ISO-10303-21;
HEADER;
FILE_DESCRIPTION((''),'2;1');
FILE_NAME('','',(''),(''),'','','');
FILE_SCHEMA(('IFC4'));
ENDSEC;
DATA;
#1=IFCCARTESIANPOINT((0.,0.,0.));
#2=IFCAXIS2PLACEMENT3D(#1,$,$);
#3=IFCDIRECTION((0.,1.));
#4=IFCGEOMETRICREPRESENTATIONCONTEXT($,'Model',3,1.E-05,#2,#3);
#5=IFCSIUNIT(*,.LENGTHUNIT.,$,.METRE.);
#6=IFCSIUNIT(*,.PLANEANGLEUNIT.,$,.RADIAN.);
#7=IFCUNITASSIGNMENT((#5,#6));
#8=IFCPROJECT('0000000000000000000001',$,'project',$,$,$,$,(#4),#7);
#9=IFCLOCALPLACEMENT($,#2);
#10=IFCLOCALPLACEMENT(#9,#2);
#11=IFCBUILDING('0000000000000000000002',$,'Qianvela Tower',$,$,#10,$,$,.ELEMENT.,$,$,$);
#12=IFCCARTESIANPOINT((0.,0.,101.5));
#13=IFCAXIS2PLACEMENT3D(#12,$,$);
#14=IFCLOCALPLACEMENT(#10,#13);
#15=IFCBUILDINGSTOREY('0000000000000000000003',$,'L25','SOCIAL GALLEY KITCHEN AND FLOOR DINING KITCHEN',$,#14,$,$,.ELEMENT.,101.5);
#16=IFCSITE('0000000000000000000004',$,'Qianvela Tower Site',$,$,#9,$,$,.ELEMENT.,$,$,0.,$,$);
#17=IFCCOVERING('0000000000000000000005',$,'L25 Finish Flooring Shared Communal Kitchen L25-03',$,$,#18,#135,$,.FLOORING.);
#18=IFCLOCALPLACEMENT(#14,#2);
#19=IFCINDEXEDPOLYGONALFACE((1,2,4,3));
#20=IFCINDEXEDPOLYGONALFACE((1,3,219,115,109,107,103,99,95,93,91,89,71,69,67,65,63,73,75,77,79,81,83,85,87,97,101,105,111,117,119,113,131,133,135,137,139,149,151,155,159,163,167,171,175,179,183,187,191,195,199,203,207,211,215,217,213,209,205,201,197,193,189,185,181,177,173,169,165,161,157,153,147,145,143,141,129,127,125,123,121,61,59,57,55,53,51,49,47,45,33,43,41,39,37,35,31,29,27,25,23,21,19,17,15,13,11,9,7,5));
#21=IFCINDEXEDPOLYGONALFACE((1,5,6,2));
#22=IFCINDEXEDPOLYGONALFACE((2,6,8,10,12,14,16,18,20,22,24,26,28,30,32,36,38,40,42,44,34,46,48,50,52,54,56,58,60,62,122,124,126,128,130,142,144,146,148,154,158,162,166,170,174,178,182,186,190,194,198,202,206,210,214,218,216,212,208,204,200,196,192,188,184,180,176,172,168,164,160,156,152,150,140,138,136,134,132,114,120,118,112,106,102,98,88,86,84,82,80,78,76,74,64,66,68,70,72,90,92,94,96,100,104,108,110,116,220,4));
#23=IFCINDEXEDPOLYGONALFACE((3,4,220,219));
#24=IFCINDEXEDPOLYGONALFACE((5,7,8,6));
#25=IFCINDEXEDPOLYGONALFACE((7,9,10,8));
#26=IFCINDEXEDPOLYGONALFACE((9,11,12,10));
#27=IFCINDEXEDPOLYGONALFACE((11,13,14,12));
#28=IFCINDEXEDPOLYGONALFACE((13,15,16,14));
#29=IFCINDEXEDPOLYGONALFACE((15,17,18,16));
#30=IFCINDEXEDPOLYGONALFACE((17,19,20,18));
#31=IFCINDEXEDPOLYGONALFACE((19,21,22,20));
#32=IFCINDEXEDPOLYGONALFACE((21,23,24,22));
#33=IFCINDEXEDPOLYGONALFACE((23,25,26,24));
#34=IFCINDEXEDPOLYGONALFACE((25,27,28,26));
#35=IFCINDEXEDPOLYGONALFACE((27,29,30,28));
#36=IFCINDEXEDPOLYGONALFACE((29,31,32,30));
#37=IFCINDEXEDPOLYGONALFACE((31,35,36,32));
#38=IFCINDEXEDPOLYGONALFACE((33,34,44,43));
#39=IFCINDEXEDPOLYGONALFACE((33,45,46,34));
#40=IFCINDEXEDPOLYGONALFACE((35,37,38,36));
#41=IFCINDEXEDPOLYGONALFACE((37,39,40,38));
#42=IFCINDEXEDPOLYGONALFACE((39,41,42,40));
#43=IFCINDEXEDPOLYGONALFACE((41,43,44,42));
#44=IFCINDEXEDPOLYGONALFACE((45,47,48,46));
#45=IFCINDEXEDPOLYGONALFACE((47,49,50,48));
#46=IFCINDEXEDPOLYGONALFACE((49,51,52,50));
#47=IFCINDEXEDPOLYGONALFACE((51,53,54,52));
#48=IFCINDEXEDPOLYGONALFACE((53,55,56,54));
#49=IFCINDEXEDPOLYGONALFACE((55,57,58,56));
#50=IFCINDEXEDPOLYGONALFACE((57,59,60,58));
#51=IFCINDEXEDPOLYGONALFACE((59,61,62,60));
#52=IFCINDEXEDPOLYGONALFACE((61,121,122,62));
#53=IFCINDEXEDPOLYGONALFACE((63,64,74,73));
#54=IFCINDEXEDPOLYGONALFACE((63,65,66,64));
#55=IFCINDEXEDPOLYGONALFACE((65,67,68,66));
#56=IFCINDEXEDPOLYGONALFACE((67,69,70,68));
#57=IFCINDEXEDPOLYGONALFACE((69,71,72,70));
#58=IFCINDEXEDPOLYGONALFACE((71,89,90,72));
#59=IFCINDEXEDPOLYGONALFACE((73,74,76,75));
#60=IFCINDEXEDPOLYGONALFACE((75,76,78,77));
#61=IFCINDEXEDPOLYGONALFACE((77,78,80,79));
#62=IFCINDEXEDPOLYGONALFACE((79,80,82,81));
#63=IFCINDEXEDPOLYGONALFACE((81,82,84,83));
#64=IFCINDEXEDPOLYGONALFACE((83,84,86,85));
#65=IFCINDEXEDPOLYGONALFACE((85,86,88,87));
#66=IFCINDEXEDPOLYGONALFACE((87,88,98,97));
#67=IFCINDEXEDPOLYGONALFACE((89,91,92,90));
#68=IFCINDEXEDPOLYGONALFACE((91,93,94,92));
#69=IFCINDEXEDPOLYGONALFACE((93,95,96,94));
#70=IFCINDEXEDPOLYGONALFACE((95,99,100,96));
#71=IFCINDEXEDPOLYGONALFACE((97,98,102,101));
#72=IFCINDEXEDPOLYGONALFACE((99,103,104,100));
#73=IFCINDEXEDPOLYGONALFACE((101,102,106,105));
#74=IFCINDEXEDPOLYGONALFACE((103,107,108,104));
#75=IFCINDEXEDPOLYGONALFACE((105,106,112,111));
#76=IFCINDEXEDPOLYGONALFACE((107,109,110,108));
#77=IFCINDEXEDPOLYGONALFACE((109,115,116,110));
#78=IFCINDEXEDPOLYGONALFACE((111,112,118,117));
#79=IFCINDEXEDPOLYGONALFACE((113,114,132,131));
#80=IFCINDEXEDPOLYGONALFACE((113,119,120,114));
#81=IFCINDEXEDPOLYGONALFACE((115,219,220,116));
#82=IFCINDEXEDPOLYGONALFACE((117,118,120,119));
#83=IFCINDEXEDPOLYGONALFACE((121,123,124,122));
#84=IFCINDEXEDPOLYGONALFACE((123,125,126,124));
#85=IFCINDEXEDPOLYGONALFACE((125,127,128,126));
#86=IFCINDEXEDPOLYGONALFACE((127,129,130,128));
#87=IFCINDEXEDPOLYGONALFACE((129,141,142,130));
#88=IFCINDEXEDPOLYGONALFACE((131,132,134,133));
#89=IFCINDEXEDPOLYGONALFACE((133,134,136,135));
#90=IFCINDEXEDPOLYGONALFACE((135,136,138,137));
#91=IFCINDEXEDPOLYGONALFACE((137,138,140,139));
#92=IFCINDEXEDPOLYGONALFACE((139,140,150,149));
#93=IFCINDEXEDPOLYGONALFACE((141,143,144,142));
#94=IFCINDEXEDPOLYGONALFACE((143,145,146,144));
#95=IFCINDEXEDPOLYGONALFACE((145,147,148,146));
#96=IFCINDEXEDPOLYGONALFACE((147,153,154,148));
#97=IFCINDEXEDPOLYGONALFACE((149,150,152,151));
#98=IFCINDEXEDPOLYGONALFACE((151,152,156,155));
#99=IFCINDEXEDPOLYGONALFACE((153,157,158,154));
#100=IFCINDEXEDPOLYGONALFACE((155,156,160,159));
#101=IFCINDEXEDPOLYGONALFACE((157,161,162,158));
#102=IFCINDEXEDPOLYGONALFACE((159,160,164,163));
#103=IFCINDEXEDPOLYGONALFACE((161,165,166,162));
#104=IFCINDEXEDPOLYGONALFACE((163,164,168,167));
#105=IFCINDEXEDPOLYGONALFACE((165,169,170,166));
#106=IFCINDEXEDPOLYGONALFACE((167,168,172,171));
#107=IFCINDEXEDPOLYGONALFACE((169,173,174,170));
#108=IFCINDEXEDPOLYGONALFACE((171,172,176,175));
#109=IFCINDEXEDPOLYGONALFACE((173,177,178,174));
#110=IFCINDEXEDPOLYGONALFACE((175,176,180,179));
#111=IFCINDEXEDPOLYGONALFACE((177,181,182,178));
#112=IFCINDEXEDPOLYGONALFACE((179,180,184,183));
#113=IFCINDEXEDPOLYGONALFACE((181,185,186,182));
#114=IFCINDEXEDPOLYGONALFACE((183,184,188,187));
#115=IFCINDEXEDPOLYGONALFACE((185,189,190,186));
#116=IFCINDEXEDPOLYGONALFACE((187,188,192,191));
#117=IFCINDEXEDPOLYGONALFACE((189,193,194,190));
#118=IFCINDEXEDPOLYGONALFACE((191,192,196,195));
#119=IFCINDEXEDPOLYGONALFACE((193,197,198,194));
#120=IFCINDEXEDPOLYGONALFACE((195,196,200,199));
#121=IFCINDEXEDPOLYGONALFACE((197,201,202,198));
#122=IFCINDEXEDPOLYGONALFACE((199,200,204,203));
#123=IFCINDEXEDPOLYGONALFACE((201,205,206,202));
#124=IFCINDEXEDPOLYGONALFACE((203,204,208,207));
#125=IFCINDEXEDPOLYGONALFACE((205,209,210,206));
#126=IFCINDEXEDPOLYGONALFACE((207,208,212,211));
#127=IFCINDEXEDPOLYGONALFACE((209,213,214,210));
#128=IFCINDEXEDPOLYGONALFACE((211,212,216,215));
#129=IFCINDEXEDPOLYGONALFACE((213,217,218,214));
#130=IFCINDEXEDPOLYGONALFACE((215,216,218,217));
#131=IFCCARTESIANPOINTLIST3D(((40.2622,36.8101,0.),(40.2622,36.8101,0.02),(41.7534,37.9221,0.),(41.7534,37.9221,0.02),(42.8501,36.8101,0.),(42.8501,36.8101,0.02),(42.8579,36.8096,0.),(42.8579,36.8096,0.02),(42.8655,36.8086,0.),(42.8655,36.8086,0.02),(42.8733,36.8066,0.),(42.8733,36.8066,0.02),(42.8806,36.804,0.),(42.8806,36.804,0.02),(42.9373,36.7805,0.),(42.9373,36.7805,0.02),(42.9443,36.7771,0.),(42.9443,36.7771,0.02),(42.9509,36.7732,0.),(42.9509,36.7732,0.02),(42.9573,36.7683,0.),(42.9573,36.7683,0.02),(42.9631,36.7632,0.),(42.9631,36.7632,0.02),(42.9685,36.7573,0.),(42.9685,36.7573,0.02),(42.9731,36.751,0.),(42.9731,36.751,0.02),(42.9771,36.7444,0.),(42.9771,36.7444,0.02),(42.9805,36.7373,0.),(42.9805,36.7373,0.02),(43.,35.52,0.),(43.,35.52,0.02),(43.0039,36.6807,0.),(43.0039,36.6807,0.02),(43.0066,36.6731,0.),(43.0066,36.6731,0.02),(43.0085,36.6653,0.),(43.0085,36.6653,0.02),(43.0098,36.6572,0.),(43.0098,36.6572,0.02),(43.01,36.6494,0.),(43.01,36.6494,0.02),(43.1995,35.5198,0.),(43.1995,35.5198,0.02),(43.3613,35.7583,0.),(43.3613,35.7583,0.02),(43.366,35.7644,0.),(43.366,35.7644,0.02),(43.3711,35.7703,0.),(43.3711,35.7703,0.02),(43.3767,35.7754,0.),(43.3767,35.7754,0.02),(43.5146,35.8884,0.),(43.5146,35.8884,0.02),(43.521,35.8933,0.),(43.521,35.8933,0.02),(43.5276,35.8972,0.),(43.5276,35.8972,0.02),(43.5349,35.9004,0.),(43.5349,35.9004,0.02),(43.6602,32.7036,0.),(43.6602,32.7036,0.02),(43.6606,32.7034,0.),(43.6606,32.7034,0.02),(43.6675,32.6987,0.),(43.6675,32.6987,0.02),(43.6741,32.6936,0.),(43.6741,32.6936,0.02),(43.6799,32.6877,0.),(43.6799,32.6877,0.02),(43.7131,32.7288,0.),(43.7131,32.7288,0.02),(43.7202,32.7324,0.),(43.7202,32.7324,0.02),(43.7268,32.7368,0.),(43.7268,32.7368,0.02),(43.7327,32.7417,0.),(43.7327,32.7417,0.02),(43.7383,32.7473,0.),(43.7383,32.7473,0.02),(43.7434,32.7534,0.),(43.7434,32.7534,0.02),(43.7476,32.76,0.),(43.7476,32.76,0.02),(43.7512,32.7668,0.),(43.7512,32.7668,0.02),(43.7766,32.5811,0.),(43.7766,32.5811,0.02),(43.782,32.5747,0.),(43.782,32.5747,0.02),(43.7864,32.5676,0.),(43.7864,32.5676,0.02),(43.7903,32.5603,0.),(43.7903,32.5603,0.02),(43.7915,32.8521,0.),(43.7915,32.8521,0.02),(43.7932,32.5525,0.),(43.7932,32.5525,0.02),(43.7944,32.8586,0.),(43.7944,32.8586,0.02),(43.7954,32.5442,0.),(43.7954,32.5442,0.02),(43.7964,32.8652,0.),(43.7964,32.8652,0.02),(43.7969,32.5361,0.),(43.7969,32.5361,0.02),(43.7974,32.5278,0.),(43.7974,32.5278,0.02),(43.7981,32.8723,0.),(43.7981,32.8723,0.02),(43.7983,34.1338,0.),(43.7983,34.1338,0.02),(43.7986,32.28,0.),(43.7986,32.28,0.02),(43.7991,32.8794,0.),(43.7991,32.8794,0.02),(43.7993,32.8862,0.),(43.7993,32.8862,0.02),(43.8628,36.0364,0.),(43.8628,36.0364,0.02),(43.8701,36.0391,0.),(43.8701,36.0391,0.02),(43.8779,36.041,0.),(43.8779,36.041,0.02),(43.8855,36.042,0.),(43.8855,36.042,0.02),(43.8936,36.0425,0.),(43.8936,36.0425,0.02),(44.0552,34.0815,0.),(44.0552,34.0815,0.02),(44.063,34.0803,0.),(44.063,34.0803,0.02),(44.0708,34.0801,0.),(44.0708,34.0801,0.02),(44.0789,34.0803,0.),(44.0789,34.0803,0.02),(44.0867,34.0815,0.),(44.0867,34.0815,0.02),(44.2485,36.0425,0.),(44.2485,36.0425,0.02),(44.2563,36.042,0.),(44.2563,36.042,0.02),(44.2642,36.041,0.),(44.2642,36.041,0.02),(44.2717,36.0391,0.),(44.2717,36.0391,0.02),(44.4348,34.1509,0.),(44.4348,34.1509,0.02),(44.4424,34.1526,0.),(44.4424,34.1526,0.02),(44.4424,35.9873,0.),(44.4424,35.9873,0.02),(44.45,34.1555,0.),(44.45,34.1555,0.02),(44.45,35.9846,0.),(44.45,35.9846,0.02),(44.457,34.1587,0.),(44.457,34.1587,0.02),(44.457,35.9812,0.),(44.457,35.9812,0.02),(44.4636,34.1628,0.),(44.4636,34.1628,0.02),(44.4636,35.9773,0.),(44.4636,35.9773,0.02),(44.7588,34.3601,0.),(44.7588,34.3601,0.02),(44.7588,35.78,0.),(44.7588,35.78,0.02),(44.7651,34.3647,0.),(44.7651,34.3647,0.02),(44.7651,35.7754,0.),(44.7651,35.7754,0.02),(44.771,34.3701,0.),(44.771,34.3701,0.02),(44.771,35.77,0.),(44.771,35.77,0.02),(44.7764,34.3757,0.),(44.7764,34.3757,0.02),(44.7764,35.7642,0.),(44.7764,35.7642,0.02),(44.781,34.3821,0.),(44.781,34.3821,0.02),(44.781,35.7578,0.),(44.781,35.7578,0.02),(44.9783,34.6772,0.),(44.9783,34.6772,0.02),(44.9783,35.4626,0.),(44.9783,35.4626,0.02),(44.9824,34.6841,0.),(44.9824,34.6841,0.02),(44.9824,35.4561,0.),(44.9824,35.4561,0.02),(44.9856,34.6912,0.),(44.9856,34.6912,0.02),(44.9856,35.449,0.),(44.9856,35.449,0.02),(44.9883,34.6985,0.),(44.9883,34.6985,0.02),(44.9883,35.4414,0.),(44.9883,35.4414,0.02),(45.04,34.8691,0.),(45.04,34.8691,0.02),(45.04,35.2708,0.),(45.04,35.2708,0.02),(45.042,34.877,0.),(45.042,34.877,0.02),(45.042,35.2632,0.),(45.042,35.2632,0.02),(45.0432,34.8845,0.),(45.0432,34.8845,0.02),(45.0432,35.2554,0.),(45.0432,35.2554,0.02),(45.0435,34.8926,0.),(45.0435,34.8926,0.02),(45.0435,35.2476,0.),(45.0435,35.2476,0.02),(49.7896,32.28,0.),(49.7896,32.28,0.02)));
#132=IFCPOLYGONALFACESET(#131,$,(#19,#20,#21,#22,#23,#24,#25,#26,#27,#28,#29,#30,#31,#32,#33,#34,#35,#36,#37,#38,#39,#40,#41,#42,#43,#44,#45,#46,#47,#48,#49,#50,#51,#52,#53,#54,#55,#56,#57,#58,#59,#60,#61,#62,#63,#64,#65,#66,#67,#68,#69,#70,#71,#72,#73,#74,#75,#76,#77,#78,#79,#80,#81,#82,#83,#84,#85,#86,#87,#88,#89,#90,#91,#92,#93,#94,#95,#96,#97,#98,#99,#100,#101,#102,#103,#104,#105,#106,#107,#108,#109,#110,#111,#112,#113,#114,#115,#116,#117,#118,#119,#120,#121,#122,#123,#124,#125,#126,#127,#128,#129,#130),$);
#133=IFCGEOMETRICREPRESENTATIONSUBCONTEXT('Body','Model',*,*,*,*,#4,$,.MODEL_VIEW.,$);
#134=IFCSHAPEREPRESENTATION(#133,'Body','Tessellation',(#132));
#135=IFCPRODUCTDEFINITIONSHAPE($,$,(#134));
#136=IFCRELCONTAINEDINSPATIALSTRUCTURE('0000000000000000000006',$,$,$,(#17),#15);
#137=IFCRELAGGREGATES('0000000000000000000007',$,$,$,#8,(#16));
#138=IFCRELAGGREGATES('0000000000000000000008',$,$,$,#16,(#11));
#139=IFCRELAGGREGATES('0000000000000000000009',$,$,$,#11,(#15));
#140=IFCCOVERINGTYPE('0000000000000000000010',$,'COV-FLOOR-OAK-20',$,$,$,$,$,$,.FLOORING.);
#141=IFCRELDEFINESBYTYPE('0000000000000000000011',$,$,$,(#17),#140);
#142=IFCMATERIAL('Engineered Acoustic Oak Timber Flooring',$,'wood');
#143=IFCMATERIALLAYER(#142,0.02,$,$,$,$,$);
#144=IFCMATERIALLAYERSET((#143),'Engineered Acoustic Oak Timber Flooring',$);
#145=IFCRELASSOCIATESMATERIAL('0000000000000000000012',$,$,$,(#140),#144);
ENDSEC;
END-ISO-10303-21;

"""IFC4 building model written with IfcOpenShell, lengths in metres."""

from ifc_helpers import new_model, si_unit, direction, frame, origin, place, context, subcontext, project, spatial, polyline, outline, extrude, material, layer, layer_set, type_object, element, save


model = new_model("IFC4")

# Units and contexts
model_context = context("Model", 3, precision=1e-05, world=origin(), true_north=direction((0.0, 1.0)))
body_context = subcontext(model_context, "Body", "Model", "MODEL_VIEW")
ifc_project = project(units=[si_unit("LENGTHUNIT", "METRE"), si_unit("PLANEANGLEUNIT", "RADIAN")], contexts=[model_context])

# Site, building, storey
site_placement = place(None, origin())
site = spatial("IfcSite", under=ifc_project, at=site_placement, Name="Qianvela Tower Site", CompositionType="ELEMENT", RefElevation=0.0)
building_placement = place(site_placement, origin())
building = spatial("IfcBuilding", under=site, at=building_placement, Name="Qianvela Tower", CompositionType="ELEMENT")
storey_placement = place(building_placement, frame((0.0, 0.0, 101.5)))
storey = spatial("IfcBuildingStorey", under=building, at=storey_placement, Name="L25", Description="SOCIAL GALLEY KITCHEN AND FLOOR DINING KITCHEN", CompositionType="ELEMENT", Elevation=101.5)

# Covering
ifc_material_1 = material(Name="Engineered Acoustic Oak Timber Flooring", Category="wood")
ifc_layer_1 = layer(ifc_material_1, 0.02)
ifc_layer_set_1 = layer_set([ifc_layer_1], Name="Engineered Acoustic Oak Timber Flooring")
covering_type_1 = type_object("IfcCoveringType", Name="COV-FLOOR-OAK-20", PredefinedType="FLOORING", material=ifc_layer_set_1)
covering_1_placement = place(storey_placement, origin())
element("IfcCovering", 1, at=covering_1_placement, inside=storey, type_object=covering_type_1, Name="L25 Finish Flooring Shared Communal Kitchen L25-03", PredefinedType="FLOORING", context=body_context, shape_type="SweptSolid", body=[
    extrude(outline(polyline([(43.6602, 32.7036), (43.7131, 32.7288), (43.7202, 32.7324), (43.7268, 32.7368), (43.7327, 32.7417), (43.7383, 32.7473), (43.7434, 32.7534), (43.7476, 32.76), (43.7512, 32.7668), (43.7915, 32.8521), (43.7944, 32.8586), (43.7964, 32.8652), (43.7981, 32.8723), (43.7991, 32.8794), (43.7993, 32.8862), (43.7983, 34.1338), (44.0552, 34.0815), (44.063, 34.0803), (44.0708, 34.0801), (44.0789, 34.0803), (44.0867, 34.0815), (44.4348, 34.1509), (44.4424, 34.1526), (44.45, 34.1555), (44.457, 34.1587), (44.4636, 34.1628), (44.7588, 34.3601), (44.7651, 34.3647), (44.771, 34.3701), (44.7764, 34.3757), (44.781, 34.3821), (44.9783, 34.6772), (44.9824, 34.6841), (44.9856, 34.6912), (44.9883, 34.6985), (45.04, 34.8691), (45.042, 34.877), (45.0432, 34.8845), (45.0435, 34.8926), (45.0435, 35.2476), (45.0432, 35.2554), (45.042, 35.2632), (45.04, 35.2708), (44.9883, 35.4414), (44.9856, 35.449), (44.9824, 35.4561), (44.9783, 35.4626), (44.781, 35.7578), (44.7764, 35.7642), (44.771, 35.77), (44.7651, 35.7754), (44.7588, 35.78), (44.4636, 35.9773), (44.457, 35.9812), (44.45, 35.9846), (44.4424, 35.9873), (44.2717, 36.0391), (44.2642, 36.041), (44.2563, 36.042), (44.2485, 36.0425), (43.8936, 36.0425), (43.8855, 36.042), (43.8779, 36.041), (43.8701, 36.0391), (43.8628, 36.0364), (43.5349, 35.9004), (43.5276, 35.8972), (43.521, 35.8933), (43.5146, 35.8884), (43.3767, 35.7754), (43.3711, 35.7703), (43.366, 35.7644), (43.3613, 35.7583), (43.1995, 35.5198), (43.0, 35.52), (43.01, 36.6494), (43.0098, 36.6572), (43.0085, 36.6653), (43.0066, 36.6731), (43.0039, 36.6807), (42.9805, 36.7373), (42.9771, 36.7444), (42.9731, 36.751), (42.9685, 36.7573), (42.9631, 36.7632), (42.9573, 36.7683), (42.9509, 36.7732), (42.9443, 36.7771), (42.9373, 36.7805), (42.8806, 36.804), (42.8733, 36.8066), (42.8655, 36.8086), (42.8579, 36.8096), (42.8501, 36.8101), (40.2622, 36.8101), (41.7534, 37.9221), (49.7896, 32.28), (43.7986, 32.28), (43.7974, 32.5278), (43.7969, 32.5361), (43.7954, 32.5442), (43.7932, 32.5525), (43.7903, 32.5603), (43.7864, 32.5676), (43.782, 32.5747), (43.7766, 32.5811), (43.6799, 32.6877), (43.6741, 32.6936), (43.6675, 32.6987), (43.6606, 32.7034), (43.6602, 32.7036)])), origin(), (0.0, 0.0, 1.0), 0.02),
])

save(model, "model.ifc")
